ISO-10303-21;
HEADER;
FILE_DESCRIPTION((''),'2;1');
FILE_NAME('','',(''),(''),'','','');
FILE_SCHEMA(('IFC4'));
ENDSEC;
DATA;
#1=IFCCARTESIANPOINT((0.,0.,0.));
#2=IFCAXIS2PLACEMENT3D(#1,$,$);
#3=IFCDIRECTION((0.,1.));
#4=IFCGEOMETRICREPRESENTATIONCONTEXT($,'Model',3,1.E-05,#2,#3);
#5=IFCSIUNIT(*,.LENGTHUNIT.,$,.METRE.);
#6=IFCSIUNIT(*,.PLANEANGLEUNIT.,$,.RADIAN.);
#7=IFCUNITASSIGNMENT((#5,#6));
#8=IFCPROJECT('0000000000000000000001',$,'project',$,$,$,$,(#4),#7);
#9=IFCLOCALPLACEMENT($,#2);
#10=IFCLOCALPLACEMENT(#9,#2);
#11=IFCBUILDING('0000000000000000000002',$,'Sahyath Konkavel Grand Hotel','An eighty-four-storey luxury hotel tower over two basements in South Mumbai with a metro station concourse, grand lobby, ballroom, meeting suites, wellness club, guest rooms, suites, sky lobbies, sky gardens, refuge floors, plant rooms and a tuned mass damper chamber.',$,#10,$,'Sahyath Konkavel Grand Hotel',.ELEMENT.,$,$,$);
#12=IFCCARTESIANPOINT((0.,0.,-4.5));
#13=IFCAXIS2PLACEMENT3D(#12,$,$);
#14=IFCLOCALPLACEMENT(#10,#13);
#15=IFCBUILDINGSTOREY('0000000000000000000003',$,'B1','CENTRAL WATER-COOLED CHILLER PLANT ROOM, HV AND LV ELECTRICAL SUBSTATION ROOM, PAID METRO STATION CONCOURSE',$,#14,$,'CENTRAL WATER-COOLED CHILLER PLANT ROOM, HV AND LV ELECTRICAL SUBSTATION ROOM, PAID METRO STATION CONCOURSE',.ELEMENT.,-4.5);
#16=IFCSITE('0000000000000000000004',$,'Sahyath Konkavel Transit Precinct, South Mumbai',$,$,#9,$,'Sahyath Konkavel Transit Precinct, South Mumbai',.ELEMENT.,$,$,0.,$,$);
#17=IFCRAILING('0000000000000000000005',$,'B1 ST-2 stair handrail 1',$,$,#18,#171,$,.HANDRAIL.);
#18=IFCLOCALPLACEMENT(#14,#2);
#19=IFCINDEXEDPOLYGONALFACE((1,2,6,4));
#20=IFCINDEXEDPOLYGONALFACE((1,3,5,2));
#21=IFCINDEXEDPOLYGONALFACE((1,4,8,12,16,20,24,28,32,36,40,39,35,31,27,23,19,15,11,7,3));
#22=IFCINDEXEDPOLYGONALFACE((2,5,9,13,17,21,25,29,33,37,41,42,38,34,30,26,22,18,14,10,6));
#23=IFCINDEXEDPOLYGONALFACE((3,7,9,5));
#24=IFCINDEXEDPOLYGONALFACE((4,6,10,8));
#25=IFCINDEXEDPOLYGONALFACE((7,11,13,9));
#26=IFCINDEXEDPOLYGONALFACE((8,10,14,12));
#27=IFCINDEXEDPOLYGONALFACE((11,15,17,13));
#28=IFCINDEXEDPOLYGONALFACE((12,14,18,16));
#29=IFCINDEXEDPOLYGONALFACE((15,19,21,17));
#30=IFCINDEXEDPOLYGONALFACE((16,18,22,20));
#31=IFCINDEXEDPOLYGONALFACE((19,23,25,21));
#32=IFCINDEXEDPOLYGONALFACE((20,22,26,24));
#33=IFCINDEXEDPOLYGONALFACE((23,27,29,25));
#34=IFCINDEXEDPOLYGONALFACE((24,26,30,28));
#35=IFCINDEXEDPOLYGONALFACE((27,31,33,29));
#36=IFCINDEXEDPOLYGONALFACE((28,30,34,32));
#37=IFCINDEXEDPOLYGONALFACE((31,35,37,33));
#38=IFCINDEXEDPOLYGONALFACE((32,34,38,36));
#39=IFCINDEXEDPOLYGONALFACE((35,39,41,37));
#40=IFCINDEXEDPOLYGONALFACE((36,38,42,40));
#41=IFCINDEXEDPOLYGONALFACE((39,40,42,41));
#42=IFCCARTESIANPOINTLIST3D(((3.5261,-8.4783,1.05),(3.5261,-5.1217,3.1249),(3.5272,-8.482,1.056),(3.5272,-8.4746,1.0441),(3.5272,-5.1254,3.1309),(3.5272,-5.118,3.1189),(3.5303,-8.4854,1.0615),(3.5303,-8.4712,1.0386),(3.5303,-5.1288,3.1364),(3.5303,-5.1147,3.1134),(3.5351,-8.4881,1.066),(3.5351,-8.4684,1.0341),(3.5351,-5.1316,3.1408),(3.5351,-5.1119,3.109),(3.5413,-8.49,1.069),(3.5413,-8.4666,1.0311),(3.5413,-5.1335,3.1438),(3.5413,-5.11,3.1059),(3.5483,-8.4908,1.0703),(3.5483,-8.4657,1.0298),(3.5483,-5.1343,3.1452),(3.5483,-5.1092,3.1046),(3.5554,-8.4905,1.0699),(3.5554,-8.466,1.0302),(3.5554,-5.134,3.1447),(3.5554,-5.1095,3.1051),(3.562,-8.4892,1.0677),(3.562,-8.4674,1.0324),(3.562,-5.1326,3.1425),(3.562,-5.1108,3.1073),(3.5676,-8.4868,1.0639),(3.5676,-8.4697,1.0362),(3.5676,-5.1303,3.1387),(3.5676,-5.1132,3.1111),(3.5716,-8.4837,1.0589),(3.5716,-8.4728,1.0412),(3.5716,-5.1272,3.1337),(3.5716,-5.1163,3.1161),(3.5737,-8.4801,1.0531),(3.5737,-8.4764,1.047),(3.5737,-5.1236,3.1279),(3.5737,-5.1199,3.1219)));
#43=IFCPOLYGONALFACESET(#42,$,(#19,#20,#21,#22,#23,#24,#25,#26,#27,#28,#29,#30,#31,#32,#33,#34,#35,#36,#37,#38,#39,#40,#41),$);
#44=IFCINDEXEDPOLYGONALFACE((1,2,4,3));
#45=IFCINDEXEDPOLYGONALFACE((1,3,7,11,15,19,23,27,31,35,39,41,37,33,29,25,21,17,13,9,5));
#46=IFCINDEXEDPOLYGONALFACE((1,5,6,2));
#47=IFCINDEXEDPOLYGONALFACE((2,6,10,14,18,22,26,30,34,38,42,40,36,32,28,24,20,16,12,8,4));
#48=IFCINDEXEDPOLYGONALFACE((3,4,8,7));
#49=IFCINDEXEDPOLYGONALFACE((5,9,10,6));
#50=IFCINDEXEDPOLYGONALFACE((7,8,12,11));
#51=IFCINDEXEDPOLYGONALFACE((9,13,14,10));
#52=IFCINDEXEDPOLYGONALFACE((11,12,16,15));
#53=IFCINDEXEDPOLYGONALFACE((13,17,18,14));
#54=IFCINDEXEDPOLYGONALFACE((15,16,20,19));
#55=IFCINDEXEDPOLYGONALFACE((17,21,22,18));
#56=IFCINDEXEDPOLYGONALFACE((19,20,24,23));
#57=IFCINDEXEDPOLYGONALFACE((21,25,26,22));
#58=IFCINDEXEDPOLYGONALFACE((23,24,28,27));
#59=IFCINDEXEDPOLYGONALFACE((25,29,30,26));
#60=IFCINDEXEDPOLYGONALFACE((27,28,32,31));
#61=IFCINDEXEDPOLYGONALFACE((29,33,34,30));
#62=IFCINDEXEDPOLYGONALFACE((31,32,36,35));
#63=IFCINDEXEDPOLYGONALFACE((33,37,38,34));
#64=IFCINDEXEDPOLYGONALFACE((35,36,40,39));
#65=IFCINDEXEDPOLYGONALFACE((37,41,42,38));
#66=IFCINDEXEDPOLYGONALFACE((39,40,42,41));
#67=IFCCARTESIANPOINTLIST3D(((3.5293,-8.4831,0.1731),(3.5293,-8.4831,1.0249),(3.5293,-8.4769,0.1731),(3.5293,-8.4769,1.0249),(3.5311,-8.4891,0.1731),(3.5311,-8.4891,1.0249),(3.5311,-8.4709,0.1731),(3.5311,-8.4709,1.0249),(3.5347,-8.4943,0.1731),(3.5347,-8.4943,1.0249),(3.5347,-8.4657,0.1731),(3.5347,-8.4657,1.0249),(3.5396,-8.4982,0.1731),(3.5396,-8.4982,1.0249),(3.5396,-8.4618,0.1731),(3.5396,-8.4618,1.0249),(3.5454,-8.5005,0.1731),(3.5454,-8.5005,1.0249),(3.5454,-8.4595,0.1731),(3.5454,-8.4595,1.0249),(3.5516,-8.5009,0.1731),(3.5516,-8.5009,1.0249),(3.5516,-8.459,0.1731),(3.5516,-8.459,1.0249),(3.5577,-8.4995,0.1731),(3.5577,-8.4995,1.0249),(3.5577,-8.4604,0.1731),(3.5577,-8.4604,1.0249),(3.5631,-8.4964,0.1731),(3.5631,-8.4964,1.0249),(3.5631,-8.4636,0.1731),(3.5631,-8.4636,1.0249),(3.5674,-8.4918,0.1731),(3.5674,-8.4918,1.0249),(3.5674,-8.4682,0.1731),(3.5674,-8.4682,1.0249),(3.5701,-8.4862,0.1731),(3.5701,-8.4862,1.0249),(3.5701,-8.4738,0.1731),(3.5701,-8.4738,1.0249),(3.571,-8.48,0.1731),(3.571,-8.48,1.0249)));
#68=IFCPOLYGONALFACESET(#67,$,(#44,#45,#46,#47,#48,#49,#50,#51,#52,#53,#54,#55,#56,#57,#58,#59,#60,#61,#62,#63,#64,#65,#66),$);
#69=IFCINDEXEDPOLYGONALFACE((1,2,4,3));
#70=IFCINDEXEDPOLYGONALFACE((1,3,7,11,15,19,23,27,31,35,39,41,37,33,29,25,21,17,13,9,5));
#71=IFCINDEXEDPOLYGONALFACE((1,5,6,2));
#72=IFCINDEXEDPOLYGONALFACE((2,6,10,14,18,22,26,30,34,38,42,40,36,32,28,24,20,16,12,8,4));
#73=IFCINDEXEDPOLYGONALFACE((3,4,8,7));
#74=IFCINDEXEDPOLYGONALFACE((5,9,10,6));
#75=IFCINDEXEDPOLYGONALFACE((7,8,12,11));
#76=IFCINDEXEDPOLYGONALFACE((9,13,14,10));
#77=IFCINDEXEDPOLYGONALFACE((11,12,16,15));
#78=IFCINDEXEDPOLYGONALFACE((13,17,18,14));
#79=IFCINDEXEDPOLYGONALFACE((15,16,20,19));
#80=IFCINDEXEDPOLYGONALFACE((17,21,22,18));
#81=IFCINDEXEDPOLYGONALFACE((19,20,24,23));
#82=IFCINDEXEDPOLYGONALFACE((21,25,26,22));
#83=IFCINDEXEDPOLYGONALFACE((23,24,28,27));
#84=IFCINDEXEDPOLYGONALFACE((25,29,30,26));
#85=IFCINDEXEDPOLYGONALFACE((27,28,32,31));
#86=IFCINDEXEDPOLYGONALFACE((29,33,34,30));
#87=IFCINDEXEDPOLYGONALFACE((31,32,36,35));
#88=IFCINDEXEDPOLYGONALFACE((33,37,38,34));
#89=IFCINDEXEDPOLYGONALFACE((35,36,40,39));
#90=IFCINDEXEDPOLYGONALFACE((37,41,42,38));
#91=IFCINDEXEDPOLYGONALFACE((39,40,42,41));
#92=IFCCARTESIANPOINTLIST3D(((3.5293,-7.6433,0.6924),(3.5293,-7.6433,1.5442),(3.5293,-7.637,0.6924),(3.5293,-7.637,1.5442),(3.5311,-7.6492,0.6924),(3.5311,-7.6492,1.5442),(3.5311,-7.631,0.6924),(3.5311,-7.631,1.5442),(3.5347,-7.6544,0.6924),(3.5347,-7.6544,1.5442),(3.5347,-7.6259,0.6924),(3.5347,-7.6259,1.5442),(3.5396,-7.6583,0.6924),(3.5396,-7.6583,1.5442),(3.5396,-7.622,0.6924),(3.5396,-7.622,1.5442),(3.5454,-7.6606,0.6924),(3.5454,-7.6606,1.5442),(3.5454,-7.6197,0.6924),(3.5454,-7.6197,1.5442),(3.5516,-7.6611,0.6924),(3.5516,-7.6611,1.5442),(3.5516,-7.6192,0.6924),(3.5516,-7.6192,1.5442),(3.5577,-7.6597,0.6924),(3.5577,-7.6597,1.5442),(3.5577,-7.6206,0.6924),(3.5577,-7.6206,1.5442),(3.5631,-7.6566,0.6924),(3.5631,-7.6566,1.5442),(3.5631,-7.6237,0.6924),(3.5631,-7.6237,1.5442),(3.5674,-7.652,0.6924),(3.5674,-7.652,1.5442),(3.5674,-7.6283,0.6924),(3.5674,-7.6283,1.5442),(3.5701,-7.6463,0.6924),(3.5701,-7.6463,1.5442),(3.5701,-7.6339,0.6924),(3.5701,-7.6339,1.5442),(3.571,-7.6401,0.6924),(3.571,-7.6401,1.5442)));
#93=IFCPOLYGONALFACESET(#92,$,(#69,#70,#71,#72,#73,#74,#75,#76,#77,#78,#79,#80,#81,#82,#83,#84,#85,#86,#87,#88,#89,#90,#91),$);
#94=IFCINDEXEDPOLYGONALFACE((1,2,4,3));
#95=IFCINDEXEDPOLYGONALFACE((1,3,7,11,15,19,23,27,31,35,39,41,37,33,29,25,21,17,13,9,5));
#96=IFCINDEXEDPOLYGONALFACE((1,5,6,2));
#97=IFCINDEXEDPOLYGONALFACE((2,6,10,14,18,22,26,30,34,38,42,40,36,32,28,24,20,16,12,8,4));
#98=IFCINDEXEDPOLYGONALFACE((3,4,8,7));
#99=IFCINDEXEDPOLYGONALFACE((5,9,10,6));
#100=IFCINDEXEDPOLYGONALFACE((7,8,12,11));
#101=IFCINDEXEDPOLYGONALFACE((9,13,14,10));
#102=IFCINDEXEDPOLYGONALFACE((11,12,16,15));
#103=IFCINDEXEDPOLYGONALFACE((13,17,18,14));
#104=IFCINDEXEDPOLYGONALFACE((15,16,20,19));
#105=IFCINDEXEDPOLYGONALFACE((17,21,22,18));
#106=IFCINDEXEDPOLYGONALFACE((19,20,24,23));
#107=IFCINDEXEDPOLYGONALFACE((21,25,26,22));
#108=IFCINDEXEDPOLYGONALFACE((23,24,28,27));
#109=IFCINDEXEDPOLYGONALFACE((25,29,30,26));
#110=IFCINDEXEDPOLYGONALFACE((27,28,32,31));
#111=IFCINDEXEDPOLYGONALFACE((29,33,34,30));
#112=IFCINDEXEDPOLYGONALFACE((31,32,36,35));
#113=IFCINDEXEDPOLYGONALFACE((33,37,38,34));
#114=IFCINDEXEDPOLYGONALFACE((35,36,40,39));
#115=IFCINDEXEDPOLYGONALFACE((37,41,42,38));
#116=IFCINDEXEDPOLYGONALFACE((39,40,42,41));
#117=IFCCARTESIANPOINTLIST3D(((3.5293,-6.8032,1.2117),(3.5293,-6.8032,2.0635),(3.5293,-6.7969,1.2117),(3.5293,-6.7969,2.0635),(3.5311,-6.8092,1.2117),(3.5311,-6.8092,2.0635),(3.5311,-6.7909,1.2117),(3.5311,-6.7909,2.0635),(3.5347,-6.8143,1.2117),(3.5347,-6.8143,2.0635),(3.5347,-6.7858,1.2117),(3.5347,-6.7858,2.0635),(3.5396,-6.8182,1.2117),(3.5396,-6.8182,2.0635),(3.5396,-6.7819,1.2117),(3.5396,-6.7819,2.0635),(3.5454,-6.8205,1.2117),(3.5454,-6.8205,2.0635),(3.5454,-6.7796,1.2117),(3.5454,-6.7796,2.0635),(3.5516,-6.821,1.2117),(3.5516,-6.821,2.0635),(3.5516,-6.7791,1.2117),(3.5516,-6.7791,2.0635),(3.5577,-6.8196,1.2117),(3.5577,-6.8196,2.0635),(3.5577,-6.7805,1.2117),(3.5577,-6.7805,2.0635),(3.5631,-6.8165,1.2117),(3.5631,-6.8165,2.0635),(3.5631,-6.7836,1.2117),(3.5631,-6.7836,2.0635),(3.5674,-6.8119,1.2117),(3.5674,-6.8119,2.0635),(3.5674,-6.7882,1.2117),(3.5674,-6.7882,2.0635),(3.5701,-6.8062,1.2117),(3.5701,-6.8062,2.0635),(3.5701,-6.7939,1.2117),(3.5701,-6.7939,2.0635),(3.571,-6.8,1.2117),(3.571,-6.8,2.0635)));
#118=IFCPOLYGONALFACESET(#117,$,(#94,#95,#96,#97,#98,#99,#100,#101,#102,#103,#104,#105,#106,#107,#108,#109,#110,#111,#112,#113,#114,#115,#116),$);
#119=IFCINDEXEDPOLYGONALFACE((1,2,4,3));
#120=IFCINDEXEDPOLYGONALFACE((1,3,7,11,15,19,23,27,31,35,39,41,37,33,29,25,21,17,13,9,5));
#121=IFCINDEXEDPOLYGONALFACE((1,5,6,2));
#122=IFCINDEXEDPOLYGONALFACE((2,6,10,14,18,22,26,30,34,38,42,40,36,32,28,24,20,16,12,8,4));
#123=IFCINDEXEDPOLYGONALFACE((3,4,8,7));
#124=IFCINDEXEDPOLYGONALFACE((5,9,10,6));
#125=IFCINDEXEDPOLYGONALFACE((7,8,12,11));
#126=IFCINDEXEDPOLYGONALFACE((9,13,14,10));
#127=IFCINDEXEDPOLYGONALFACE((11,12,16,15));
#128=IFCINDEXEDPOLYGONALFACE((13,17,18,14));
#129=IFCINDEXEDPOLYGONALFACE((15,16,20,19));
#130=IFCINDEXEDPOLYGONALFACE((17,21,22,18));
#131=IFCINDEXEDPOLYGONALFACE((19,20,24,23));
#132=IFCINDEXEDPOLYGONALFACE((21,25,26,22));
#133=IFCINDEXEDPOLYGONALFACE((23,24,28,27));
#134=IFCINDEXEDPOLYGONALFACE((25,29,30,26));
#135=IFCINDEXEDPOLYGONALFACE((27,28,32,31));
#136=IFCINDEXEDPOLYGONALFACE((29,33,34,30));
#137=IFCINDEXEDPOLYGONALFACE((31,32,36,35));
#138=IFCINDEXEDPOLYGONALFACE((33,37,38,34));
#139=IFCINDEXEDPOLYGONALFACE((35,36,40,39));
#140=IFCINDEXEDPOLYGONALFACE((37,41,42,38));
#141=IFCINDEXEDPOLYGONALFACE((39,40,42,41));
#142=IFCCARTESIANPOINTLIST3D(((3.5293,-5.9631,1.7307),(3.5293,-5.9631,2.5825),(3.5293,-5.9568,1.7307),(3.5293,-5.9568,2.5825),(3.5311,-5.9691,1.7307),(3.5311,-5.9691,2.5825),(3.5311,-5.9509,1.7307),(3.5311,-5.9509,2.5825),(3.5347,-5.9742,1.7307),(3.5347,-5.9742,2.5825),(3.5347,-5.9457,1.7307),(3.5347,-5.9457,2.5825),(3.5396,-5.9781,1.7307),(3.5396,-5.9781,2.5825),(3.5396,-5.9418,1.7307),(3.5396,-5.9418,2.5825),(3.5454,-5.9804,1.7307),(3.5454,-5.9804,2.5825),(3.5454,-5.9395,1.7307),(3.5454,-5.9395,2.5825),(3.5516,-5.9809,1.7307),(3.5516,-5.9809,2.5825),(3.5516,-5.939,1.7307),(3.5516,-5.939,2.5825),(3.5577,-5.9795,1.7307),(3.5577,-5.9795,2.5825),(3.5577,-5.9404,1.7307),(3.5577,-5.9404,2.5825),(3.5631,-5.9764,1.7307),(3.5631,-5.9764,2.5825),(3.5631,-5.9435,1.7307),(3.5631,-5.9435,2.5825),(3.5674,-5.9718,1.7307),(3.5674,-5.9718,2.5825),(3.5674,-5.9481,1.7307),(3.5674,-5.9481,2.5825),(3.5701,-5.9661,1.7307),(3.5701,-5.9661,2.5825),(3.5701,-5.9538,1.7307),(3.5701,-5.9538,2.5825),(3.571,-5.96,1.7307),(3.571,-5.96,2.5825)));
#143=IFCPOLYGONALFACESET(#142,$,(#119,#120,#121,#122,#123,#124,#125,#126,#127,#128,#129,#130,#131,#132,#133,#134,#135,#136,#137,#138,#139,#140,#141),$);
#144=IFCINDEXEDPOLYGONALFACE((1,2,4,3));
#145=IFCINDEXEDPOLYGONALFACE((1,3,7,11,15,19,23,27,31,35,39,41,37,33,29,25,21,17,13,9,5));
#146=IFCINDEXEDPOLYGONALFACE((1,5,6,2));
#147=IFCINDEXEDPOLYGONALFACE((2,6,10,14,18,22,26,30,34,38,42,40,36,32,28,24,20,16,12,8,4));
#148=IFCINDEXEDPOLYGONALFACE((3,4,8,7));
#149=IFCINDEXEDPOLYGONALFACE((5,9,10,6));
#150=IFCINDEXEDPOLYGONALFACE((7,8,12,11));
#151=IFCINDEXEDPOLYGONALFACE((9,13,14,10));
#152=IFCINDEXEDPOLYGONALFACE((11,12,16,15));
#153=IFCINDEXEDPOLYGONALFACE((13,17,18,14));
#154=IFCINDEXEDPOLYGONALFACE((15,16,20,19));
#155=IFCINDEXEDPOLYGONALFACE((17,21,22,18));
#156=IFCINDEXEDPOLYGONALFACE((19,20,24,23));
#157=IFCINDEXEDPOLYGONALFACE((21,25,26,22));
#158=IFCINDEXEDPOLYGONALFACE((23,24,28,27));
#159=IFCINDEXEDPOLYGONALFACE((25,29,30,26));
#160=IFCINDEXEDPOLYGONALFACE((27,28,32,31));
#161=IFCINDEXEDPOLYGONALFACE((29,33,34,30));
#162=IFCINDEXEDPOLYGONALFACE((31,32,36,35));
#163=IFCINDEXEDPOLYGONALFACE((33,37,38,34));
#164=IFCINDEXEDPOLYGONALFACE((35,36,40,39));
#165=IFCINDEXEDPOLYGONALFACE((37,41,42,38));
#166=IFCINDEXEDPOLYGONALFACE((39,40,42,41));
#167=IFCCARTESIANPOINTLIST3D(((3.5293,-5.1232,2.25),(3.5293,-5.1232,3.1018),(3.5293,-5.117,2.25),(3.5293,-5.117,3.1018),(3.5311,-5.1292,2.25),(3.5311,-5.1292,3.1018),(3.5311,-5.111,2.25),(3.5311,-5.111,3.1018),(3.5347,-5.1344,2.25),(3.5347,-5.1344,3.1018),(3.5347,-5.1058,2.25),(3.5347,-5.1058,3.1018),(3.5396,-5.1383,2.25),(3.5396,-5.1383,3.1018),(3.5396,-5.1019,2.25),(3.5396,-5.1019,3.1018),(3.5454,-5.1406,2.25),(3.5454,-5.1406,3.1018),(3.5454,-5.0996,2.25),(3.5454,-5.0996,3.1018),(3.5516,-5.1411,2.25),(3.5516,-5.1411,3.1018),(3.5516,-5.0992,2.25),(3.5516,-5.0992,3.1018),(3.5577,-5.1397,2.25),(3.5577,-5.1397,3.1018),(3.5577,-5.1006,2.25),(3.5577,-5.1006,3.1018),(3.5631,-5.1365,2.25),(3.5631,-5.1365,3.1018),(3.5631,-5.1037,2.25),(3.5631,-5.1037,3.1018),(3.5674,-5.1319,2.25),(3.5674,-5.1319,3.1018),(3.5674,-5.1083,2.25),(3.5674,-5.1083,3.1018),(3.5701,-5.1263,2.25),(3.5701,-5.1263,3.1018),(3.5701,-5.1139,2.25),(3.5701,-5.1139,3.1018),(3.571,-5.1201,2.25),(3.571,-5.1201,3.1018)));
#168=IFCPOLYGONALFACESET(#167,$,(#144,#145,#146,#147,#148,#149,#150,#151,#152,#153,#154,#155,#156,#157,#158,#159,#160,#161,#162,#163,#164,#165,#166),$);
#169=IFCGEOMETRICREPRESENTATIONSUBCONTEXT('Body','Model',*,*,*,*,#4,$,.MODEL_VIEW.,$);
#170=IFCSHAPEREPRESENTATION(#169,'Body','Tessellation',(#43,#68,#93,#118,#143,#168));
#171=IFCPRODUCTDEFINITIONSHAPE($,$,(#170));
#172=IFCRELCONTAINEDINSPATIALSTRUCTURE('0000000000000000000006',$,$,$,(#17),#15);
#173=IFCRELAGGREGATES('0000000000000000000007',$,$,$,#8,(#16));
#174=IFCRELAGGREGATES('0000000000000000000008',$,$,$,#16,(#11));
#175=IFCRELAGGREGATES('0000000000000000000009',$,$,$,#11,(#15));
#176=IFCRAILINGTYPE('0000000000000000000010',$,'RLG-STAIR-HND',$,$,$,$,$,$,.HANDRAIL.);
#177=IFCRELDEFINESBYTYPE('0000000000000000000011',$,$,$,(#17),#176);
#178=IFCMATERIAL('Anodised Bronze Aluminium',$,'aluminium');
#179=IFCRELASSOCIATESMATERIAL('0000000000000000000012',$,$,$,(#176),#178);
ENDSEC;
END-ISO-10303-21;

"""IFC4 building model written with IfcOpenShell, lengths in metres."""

from ifc_helpers import new_model, si_unit, direction, frame, origin, origin_2d, place, context, subcontext, project, spatial, circle, extrude, material, type_object, element, save


model = new_model("IFC4")

# Units and contexts
model_context = context("Model", 3, precision=1e-05, world=origin(), true_north=direction((0.0, 1.0)))
body_context = subcontext(model_context, "Body", "Model", "MODEL_VIEW")
ifc_project = project(units=[si_unit("LENGTHUNIT", "METRE"), si_unit("PLANEANGLEUNIT", "RADIAN")], contexts=[model_context])

# Site, building, storey
site_placement = place(None, origin())
site = spatial("IfcSite", under=ifc_project, at=site_placement, Name="Sahyath Konkavel Transit Precinct, South Mumbai", LongName="Sahyath Konkavel Transit Precinct, South Mumbai", CompositionType="ELEMENT", RefElevation=0.0)
building_placement = place(site_placement, origin())
building = spatial("IfcBuilding", under=site, at=building_placement, Name="Sahyath Konkavel Grand Hotel", Description="An eighty-four-storey luxury hotel tower over two basements in South Mumbai with a metro station concourse, grand lobby, ballroom, meeting suites, wellness club, guest rooms, suites, sky lobbies, sky gardens, refuge floors, plant rooms and a tuned mass damper chamber.", LongName="Sahyath Konkavel Grand Hotel", CompositionType="ELEMENT")
storey_placement = place(building_placement, frame((0.0, 0.0, -4.5)))
storey = spatial("IfcBuildingStorey", under=building, at=storey_placement, Name="B1", Description="CENTRAL WATER-COOLED CHILLER PLANT ROOM, HV AND LV ELECTRICAL SUBSTATION ROOM, PAID METRO STATION CONCOURSE", LongName="CENTRAL WATER-COOLED CHILLER PLANT ROOM, HV AND LV ELECTRICAL SUBSTATION ROOM, PAID METRO STATION CONCOURSE", CompositionType="ELEMENT", Elevation=-4.5)

# Railing
ifc_material_1 = material(Name="Anodised Bronze Aluminium", Category="aluminium")
railing_type_1 = type_object("IfcRailingType", Name="RLG-STAIR-HND", PredefinedType="HANDRAIL", material=ifc_material_1)
railing_1_placement = place(storey_placement, frame((3.55, -8.48, 0.1731)))
element("IfcRailing", 1, at=railing_1_placement, inside=storey, type_object=railing_type_1, Name="B1 ST-2 stair handrail 1", PredefinedType="HANDRAIL", context=body_context, shape_type="SweptSolid", body=[
    extrude(circle(Radius=0.0239, at=origin_2d()), frame((0.0, 0.0017, 0.877), z_axis=(0.0, 0.850606, 0.525803), x_axis=(-1.0, 0.0, 0.0)), (0.0, 0.0, 1.0), 3.946),
    extrude(circle(Radius=0.021, at=origin_2d()), origin(), (0.0, 0.0, 1.0), 0.8518),
    extrude(circle(Radius=0.021, at=origin_2d()), frame((0.0, 0.8398, 0.5193)), (0.0, 0.0, 1.0), 0.8518),
    extrude(circle(Radius=0.021, at=origin_2d()), frame((0.0, 1.6799, 1.0386)), (0.0, 0.0, 1.0), 0.8518),
    extrude(circle(Radius=0.021, at=origin_2d()), frame((0.0, 2.52, 1.5576)), (0.0, 0.0, 1.0), 0.8518),
    extrude(circle(Radius=0.021, at=origin_2d()), frame((0.0, 3.3599, 2.0769)), (0.0, 0.0, 1.0), 0.8518),
])

save(model, "model.ifc")
